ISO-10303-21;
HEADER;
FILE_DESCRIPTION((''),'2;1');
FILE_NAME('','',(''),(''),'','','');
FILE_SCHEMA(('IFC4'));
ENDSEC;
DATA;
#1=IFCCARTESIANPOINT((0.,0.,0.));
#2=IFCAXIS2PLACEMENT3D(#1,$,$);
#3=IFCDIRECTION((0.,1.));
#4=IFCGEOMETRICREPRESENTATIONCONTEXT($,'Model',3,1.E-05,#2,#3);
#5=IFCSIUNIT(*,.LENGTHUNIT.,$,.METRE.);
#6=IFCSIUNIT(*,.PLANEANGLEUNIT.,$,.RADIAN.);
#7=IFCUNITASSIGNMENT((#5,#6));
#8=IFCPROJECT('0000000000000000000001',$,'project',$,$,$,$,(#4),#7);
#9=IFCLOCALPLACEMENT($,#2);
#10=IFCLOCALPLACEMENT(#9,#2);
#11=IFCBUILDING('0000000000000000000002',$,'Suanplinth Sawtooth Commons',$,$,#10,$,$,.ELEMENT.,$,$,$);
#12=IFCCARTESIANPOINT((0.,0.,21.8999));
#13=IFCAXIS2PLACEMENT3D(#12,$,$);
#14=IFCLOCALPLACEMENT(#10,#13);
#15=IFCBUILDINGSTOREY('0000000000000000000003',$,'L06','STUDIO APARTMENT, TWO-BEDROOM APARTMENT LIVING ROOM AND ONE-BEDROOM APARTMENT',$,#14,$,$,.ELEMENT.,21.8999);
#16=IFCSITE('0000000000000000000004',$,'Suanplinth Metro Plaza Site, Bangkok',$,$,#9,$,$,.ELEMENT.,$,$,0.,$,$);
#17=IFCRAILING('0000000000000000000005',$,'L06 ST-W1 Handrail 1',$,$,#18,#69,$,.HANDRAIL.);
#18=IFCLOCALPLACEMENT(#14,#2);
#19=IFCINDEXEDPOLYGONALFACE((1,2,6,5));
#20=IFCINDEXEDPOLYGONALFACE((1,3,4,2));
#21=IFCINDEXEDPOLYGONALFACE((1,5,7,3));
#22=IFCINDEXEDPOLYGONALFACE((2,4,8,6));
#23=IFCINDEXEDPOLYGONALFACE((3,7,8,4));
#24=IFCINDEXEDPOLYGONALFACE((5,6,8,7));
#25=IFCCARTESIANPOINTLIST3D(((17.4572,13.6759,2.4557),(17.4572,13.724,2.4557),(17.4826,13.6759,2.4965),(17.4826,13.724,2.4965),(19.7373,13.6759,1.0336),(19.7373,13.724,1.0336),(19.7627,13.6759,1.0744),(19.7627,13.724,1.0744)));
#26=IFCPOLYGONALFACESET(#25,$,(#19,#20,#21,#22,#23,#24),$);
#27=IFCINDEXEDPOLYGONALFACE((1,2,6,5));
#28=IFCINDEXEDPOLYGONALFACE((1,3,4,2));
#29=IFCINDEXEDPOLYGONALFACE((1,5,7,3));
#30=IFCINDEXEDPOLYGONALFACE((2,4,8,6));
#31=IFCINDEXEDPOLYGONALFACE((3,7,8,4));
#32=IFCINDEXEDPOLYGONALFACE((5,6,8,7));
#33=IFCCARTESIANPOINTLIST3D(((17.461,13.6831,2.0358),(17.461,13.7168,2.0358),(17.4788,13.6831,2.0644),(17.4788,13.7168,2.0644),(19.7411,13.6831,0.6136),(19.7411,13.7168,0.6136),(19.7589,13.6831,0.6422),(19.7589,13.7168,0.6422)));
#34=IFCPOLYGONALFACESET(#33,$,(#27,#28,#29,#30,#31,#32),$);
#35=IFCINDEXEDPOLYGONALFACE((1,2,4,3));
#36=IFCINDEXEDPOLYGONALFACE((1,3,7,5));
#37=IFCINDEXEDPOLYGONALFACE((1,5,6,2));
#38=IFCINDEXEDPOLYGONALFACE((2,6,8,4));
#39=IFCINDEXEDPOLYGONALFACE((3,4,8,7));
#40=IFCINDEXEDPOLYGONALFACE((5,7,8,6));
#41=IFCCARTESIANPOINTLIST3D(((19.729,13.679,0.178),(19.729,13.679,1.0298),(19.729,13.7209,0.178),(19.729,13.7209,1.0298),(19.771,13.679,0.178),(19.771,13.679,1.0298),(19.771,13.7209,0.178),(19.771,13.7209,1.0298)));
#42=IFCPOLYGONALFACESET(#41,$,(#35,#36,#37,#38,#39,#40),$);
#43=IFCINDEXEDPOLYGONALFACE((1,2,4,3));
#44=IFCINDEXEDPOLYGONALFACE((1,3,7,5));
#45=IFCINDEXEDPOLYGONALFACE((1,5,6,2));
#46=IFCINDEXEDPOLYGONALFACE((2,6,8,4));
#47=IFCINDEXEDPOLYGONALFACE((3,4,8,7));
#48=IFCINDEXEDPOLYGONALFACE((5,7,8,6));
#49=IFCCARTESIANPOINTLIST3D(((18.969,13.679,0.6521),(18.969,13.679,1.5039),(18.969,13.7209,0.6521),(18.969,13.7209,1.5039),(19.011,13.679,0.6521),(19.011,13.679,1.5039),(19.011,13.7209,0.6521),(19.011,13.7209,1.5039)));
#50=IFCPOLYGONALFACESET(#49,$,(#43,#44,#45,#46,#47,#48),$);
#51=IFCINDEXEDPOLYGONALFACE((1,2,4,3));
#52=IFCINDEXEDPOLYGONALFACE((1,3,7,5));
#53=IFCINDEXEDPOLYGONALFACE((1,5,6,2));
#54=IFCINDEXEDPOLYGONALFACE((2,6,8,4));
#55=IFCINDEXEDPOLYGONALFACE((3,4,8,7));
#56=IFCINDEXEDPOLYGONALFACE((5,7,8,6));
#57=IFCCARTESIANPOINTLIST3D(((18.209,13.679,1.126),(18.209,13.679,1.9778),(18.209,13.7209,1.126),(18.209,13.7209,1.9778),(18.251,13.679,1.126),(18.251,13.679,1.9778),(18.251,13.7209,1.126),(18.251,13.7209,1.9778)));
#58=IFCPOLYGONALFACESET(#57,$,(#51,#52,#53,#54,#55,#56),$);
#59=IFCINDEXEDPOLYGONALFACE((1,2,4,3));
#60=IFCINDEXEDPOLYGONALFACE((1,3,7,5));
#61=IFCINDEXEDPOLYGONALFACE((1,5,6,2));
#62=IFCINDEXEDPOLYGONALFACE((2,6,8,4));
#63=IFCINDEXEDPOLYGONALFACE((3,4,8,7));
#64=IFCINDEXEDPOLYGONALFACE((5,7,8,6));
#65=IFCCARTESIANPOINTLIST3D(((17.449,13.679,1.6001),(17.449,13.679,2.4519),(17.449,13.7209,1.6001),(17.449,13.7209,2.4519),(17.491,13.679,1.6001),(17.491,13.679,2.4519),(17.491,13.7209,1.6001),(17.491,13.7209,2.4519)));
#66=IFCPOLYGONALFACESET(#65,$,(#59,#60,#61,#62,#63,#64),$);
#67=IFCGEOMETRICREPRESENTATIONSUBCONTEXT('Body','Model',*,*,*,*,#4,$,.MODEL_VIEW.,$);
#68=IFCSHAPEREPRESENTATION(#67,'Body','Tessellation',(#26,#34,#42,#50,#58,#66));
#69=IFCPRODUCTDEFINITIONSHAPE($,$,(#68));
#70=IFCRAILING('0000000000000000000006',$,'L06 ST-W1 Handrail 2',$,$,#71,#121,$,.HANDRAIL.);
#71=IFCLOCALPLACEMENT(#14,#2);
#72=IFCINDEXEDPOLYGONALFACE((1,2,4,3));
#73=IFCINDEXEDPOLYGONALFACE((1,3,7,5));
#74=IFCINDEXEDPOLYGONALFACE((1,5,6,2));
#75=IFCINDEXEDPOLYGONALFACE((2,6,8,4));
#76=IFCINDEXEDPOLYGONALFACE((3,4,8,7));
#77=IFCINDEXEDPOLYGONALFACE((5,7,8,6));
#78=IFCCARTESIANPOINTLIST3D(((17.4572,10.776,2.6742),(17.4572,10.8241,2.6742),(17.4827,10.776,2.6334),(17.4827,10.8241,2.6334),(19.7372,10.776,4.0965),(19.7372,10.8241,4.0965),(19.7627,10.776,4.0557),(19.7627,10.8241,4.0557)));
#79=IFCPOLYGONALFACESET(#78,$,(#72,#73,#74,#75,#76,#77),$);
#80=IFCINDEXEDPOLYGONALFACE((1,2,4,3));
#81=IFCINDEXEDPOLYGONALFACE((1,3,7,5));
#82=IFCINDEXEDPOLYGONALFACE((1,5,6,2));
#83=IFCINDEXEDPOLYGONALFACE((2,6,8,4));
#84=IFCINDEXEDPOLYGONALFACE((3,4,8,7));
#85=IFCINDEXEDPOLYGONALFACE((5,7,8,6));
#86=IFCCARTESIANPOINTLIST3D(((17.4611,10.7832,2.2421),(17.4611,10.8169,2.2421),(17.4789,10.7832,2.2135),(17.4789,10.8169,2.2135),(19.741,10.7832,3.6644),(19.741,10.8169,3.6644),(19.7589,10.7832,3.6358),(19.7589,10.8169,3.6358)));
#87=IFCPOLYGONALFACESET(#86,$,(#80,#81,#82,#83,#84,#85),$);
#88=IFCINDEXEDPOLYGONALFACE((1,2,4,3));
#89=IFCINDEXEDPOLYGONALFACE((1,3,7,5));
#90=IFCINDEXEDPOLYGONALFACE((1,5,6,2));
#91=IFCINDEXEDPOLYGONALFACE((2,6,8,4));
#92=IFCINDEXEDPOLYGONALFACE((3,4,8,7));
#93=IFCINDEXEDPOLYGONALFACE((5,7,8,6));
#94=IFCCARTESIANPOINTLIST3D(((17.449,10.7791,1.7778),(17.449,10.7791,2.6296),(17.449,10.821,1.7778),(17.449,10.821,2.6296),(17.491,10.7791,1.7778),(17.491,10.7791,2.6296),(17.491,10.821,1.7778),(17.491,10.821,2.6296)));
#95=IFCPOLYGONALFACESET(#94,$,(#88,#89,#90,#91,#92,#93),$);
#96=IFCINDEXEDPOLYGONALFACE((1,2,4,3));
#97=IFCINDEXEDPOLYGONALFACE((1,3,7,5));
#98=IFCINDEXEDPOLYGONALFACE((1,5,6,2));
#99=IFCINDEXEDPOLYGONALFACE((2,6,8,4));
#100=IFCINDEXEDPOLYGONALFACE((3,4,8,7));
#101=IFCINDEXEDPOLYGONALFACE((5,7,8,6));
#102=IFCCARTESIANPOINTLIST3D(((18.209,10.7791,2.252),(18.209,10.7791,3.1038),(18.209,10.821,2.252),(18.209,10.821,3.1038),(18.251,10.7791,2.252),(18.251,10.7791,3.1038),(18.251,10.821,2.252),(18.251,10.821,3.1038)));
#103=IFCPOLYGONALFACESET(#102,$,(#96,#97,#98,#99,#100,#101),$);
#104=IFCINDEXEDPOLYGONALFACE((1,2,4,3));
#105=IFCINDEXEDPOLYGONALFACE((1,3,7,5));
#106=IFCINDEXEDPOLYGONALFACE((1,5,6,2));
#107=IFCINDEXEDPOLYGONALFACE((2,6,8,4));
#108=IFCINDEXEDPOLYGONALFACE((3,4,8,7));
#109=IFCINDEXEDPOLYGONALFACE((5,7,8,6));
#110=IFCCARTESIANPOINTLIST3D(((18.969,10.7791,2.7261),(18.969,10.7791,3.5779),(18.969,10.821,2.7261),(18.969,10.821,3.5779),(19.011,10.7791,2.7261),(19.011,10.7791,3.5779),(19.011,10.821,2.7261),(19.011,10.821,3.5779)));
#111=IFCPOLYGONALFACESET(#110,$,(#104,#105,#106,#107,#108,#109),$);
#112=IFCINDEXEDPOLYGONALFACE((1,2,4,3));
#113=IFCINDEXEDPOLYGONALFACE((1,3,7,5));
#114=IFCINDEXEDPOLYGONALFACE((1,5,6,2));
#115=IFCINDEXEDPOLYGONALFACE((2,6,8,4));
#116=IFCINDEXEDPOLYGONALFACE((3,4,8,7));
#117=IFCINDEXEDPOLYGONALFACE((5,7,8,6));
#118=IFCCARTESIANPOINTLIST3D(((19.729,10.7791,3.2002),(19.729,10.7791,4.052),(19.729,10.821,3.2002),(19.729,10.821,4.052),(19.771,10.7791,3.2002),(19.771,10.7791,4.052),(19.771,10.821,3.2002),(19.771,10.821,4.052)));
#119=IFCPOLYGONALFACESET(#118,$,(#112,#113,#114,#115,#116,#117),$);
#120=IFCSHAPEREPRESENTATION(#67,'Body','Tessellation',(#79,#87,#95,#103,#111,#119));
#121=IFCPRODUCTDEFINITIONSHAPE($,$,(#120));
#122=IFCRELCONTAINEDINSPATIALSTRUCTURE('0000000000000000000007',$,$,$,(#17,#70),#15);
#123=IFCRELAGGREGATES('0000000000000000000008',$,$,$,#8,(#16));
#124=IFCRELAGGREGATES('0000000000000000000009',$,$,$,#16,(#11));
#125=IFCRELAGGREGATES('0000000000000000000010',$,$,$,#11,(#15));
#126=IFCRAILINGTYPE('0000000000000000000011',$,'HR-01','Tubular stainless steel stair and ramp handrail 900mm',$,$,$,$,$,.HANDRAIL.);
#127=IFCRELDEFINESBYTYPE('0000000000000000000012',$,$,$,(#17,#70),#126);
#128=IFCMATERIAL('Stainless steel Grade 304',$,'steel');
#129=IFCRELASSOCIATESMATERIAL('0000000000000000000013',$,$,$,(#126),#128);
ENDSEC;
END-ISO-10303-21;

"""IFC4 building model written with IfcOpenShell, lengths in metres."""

from ifc_helpers import new_model, si_unit, direction, frame, origin, origin_2d, place, context, subcontext, project, spatial, rectangle, extrude, material, type_object, element, save


model = new_model("IFC4")

# Units and contexts
model_context = context("Model", 3, precision=1e-05, world=origin(), true_north=direction((0.0, 1.0)))
body_context = subcontext(model_context, "Body", "Model", "MODEL_VIEW")
ifc_project = project(units=[si_unit("LENGTHUNIT", "METRE"), si_unit("PLANEANGLEUNIT", "RADIAN")], contexts=[model_context])

# Site, building, storey
site_placement = place(None, origin())
site = spatial("IfcSite", under=ifc_project, at=site_placement, Name="Suanplinth Metro Plaza Site, Bangkok", CompositionType="ELEMENT", RefElevation=0.0)
building_placement = place(site_placement, origin())
building = spatial("IfcBuilding", under=site, at=building_placement, Name="Suanplinth Sawtooth Commons", CompositionType="ELEMENT")
storey_placement = place(building_placement, frame((0.0, 0.0, 21.8999)))
storey = spatial("IfcBuildingStorey", under=building, at=storey_placement, Name="L06", Description="STUDIO APARTMENT, TWO-BEDROOM APARTMENT LIVING ROOM AND ONE-BEDROOM APARTMENT", CompositionType="ELEMENT", Elevation=21.8999)

# Shared definitions
ifc_material_1 = material(Name="Stainless steel Grade 304", Category="steel")

# Railings
railing_type_1 = type_object("IfcRailingType", Name="HR-01", Description="Tubular stainless steel stair and ramp handrail 900mm", PredefinedType="HANDRAIL", material=ifc_material_1)
railing_1_placement = place(storey_placement, frame((19.75, 13.7, 0.178)))
element("IfcRailing", 1, at=railing_1_placement, inside=storey, type_object=railing_type_1, Name="L06 ST-W1 Handrail 1", PredefinedType="HANDRAIL", context=body_context, shape_type="SweptSolid", body=[
    extrude(rectangle(XDim=0.0481, YDim=0.0481, at=origin_2d()), frame((0.0, 0.0, 0.876), z_axis=(-0.848483, 0.0, 0.529223), x_axis=(0.0, -1.0, 0.0)), (0.0, 0.0, 1.0), 2.6873),
    extrude(rectangle(XDim=0.0337, YDim=0.0337, at=origin_2d()), frame((0.0, 0.0, 0.45), z_axis=(-0.848483, 0.0, 0.529223), x_axis=(0.0, -1.0, 0.0)), (0.0, 0.0, 1.0), 2.6873),
    extrude(rectangle(XDim=0.042, YDim=0.042, at=origin_2d()), origin(), (0.0, 0.0, 1.0), 0.8518),
    extrude(rectangle(XDim=0.042, YDim=0.042, at=origin_2d()), frame((-0.76, 0.0, 0.4741)), (0.0, 0.0, 1.0), 0.8518),
    extrude(rectangle(XDim=0.042, YDim=0.042, at=origin_2d()), frame((-1.52, 0.0, 0.948)), (0.0, 0.0, 1.0), 0.8518),
    extrude(rectangle(XDim=0.042, YDim=0.042, at=origin_2d()), frame((-2.28, 0.0, 1.4221)), (0.0, 0.0, 1.0), 0.8518),
])
railing_2_placement = place(storey_placement, frame((17.47, 10.8, 1.7778)))
element("IfcRailing", 2, at=railing_2_placement, inside=storey, type_object=railing_type_1, Name="L06 ST-W1 Handrail 2", PredefinedType="HANDRAIL", context=body_context, shape_type="SweptSolid", body=[
    extrude(rectangle(XDim=0.0481, YDim=0.0481, at=origin_2d()), frame((0.0, 0.0, 0.876), z_axis=(0.848442, 0.0, 0.529288), x_axis=(0.0, 1.0, 0.0)), (0.0, 0.0, 1.0), 2.6873),
    extrude(rectangle(XDim=0.0337, YDim=0.0337, at=origin_2d()), frame((0.0, 0.0, 0.45), z_axis=(0.848442, 0.0, 0.529288), x_axis=(0.0, 1.0, 0.0)), (0.0, 0.0, 1.0), 2.6873),
    extrude(rectangle(XDim=0.042, YDim=0.042, at=origin_2d()), origin(), (0.0, 0.0, 1.0), 0.8518),
    extrude(rectangle(XDim=0.042, YDim=0.042, at=origin_2d()), frame((0.76, 0.0, 0.4741)), (0.0, 0.0, 1.0), 0.8518),
    extrude(rectangle(XDim=0.042, YDim=0.042, at=origin_2d()), frame((1.52, 0.0, 0.9482)), (0.0, 0.0, 1.0), 0.8518),
    extrude(rectangle(XDim=0.042, YDim=0.042, at=origin_2d()), frame((2.28, 0.0, 1.4224)), (0.0, 0.0, 1.0), 0.8518),
])

save(model, "model.ifc")
